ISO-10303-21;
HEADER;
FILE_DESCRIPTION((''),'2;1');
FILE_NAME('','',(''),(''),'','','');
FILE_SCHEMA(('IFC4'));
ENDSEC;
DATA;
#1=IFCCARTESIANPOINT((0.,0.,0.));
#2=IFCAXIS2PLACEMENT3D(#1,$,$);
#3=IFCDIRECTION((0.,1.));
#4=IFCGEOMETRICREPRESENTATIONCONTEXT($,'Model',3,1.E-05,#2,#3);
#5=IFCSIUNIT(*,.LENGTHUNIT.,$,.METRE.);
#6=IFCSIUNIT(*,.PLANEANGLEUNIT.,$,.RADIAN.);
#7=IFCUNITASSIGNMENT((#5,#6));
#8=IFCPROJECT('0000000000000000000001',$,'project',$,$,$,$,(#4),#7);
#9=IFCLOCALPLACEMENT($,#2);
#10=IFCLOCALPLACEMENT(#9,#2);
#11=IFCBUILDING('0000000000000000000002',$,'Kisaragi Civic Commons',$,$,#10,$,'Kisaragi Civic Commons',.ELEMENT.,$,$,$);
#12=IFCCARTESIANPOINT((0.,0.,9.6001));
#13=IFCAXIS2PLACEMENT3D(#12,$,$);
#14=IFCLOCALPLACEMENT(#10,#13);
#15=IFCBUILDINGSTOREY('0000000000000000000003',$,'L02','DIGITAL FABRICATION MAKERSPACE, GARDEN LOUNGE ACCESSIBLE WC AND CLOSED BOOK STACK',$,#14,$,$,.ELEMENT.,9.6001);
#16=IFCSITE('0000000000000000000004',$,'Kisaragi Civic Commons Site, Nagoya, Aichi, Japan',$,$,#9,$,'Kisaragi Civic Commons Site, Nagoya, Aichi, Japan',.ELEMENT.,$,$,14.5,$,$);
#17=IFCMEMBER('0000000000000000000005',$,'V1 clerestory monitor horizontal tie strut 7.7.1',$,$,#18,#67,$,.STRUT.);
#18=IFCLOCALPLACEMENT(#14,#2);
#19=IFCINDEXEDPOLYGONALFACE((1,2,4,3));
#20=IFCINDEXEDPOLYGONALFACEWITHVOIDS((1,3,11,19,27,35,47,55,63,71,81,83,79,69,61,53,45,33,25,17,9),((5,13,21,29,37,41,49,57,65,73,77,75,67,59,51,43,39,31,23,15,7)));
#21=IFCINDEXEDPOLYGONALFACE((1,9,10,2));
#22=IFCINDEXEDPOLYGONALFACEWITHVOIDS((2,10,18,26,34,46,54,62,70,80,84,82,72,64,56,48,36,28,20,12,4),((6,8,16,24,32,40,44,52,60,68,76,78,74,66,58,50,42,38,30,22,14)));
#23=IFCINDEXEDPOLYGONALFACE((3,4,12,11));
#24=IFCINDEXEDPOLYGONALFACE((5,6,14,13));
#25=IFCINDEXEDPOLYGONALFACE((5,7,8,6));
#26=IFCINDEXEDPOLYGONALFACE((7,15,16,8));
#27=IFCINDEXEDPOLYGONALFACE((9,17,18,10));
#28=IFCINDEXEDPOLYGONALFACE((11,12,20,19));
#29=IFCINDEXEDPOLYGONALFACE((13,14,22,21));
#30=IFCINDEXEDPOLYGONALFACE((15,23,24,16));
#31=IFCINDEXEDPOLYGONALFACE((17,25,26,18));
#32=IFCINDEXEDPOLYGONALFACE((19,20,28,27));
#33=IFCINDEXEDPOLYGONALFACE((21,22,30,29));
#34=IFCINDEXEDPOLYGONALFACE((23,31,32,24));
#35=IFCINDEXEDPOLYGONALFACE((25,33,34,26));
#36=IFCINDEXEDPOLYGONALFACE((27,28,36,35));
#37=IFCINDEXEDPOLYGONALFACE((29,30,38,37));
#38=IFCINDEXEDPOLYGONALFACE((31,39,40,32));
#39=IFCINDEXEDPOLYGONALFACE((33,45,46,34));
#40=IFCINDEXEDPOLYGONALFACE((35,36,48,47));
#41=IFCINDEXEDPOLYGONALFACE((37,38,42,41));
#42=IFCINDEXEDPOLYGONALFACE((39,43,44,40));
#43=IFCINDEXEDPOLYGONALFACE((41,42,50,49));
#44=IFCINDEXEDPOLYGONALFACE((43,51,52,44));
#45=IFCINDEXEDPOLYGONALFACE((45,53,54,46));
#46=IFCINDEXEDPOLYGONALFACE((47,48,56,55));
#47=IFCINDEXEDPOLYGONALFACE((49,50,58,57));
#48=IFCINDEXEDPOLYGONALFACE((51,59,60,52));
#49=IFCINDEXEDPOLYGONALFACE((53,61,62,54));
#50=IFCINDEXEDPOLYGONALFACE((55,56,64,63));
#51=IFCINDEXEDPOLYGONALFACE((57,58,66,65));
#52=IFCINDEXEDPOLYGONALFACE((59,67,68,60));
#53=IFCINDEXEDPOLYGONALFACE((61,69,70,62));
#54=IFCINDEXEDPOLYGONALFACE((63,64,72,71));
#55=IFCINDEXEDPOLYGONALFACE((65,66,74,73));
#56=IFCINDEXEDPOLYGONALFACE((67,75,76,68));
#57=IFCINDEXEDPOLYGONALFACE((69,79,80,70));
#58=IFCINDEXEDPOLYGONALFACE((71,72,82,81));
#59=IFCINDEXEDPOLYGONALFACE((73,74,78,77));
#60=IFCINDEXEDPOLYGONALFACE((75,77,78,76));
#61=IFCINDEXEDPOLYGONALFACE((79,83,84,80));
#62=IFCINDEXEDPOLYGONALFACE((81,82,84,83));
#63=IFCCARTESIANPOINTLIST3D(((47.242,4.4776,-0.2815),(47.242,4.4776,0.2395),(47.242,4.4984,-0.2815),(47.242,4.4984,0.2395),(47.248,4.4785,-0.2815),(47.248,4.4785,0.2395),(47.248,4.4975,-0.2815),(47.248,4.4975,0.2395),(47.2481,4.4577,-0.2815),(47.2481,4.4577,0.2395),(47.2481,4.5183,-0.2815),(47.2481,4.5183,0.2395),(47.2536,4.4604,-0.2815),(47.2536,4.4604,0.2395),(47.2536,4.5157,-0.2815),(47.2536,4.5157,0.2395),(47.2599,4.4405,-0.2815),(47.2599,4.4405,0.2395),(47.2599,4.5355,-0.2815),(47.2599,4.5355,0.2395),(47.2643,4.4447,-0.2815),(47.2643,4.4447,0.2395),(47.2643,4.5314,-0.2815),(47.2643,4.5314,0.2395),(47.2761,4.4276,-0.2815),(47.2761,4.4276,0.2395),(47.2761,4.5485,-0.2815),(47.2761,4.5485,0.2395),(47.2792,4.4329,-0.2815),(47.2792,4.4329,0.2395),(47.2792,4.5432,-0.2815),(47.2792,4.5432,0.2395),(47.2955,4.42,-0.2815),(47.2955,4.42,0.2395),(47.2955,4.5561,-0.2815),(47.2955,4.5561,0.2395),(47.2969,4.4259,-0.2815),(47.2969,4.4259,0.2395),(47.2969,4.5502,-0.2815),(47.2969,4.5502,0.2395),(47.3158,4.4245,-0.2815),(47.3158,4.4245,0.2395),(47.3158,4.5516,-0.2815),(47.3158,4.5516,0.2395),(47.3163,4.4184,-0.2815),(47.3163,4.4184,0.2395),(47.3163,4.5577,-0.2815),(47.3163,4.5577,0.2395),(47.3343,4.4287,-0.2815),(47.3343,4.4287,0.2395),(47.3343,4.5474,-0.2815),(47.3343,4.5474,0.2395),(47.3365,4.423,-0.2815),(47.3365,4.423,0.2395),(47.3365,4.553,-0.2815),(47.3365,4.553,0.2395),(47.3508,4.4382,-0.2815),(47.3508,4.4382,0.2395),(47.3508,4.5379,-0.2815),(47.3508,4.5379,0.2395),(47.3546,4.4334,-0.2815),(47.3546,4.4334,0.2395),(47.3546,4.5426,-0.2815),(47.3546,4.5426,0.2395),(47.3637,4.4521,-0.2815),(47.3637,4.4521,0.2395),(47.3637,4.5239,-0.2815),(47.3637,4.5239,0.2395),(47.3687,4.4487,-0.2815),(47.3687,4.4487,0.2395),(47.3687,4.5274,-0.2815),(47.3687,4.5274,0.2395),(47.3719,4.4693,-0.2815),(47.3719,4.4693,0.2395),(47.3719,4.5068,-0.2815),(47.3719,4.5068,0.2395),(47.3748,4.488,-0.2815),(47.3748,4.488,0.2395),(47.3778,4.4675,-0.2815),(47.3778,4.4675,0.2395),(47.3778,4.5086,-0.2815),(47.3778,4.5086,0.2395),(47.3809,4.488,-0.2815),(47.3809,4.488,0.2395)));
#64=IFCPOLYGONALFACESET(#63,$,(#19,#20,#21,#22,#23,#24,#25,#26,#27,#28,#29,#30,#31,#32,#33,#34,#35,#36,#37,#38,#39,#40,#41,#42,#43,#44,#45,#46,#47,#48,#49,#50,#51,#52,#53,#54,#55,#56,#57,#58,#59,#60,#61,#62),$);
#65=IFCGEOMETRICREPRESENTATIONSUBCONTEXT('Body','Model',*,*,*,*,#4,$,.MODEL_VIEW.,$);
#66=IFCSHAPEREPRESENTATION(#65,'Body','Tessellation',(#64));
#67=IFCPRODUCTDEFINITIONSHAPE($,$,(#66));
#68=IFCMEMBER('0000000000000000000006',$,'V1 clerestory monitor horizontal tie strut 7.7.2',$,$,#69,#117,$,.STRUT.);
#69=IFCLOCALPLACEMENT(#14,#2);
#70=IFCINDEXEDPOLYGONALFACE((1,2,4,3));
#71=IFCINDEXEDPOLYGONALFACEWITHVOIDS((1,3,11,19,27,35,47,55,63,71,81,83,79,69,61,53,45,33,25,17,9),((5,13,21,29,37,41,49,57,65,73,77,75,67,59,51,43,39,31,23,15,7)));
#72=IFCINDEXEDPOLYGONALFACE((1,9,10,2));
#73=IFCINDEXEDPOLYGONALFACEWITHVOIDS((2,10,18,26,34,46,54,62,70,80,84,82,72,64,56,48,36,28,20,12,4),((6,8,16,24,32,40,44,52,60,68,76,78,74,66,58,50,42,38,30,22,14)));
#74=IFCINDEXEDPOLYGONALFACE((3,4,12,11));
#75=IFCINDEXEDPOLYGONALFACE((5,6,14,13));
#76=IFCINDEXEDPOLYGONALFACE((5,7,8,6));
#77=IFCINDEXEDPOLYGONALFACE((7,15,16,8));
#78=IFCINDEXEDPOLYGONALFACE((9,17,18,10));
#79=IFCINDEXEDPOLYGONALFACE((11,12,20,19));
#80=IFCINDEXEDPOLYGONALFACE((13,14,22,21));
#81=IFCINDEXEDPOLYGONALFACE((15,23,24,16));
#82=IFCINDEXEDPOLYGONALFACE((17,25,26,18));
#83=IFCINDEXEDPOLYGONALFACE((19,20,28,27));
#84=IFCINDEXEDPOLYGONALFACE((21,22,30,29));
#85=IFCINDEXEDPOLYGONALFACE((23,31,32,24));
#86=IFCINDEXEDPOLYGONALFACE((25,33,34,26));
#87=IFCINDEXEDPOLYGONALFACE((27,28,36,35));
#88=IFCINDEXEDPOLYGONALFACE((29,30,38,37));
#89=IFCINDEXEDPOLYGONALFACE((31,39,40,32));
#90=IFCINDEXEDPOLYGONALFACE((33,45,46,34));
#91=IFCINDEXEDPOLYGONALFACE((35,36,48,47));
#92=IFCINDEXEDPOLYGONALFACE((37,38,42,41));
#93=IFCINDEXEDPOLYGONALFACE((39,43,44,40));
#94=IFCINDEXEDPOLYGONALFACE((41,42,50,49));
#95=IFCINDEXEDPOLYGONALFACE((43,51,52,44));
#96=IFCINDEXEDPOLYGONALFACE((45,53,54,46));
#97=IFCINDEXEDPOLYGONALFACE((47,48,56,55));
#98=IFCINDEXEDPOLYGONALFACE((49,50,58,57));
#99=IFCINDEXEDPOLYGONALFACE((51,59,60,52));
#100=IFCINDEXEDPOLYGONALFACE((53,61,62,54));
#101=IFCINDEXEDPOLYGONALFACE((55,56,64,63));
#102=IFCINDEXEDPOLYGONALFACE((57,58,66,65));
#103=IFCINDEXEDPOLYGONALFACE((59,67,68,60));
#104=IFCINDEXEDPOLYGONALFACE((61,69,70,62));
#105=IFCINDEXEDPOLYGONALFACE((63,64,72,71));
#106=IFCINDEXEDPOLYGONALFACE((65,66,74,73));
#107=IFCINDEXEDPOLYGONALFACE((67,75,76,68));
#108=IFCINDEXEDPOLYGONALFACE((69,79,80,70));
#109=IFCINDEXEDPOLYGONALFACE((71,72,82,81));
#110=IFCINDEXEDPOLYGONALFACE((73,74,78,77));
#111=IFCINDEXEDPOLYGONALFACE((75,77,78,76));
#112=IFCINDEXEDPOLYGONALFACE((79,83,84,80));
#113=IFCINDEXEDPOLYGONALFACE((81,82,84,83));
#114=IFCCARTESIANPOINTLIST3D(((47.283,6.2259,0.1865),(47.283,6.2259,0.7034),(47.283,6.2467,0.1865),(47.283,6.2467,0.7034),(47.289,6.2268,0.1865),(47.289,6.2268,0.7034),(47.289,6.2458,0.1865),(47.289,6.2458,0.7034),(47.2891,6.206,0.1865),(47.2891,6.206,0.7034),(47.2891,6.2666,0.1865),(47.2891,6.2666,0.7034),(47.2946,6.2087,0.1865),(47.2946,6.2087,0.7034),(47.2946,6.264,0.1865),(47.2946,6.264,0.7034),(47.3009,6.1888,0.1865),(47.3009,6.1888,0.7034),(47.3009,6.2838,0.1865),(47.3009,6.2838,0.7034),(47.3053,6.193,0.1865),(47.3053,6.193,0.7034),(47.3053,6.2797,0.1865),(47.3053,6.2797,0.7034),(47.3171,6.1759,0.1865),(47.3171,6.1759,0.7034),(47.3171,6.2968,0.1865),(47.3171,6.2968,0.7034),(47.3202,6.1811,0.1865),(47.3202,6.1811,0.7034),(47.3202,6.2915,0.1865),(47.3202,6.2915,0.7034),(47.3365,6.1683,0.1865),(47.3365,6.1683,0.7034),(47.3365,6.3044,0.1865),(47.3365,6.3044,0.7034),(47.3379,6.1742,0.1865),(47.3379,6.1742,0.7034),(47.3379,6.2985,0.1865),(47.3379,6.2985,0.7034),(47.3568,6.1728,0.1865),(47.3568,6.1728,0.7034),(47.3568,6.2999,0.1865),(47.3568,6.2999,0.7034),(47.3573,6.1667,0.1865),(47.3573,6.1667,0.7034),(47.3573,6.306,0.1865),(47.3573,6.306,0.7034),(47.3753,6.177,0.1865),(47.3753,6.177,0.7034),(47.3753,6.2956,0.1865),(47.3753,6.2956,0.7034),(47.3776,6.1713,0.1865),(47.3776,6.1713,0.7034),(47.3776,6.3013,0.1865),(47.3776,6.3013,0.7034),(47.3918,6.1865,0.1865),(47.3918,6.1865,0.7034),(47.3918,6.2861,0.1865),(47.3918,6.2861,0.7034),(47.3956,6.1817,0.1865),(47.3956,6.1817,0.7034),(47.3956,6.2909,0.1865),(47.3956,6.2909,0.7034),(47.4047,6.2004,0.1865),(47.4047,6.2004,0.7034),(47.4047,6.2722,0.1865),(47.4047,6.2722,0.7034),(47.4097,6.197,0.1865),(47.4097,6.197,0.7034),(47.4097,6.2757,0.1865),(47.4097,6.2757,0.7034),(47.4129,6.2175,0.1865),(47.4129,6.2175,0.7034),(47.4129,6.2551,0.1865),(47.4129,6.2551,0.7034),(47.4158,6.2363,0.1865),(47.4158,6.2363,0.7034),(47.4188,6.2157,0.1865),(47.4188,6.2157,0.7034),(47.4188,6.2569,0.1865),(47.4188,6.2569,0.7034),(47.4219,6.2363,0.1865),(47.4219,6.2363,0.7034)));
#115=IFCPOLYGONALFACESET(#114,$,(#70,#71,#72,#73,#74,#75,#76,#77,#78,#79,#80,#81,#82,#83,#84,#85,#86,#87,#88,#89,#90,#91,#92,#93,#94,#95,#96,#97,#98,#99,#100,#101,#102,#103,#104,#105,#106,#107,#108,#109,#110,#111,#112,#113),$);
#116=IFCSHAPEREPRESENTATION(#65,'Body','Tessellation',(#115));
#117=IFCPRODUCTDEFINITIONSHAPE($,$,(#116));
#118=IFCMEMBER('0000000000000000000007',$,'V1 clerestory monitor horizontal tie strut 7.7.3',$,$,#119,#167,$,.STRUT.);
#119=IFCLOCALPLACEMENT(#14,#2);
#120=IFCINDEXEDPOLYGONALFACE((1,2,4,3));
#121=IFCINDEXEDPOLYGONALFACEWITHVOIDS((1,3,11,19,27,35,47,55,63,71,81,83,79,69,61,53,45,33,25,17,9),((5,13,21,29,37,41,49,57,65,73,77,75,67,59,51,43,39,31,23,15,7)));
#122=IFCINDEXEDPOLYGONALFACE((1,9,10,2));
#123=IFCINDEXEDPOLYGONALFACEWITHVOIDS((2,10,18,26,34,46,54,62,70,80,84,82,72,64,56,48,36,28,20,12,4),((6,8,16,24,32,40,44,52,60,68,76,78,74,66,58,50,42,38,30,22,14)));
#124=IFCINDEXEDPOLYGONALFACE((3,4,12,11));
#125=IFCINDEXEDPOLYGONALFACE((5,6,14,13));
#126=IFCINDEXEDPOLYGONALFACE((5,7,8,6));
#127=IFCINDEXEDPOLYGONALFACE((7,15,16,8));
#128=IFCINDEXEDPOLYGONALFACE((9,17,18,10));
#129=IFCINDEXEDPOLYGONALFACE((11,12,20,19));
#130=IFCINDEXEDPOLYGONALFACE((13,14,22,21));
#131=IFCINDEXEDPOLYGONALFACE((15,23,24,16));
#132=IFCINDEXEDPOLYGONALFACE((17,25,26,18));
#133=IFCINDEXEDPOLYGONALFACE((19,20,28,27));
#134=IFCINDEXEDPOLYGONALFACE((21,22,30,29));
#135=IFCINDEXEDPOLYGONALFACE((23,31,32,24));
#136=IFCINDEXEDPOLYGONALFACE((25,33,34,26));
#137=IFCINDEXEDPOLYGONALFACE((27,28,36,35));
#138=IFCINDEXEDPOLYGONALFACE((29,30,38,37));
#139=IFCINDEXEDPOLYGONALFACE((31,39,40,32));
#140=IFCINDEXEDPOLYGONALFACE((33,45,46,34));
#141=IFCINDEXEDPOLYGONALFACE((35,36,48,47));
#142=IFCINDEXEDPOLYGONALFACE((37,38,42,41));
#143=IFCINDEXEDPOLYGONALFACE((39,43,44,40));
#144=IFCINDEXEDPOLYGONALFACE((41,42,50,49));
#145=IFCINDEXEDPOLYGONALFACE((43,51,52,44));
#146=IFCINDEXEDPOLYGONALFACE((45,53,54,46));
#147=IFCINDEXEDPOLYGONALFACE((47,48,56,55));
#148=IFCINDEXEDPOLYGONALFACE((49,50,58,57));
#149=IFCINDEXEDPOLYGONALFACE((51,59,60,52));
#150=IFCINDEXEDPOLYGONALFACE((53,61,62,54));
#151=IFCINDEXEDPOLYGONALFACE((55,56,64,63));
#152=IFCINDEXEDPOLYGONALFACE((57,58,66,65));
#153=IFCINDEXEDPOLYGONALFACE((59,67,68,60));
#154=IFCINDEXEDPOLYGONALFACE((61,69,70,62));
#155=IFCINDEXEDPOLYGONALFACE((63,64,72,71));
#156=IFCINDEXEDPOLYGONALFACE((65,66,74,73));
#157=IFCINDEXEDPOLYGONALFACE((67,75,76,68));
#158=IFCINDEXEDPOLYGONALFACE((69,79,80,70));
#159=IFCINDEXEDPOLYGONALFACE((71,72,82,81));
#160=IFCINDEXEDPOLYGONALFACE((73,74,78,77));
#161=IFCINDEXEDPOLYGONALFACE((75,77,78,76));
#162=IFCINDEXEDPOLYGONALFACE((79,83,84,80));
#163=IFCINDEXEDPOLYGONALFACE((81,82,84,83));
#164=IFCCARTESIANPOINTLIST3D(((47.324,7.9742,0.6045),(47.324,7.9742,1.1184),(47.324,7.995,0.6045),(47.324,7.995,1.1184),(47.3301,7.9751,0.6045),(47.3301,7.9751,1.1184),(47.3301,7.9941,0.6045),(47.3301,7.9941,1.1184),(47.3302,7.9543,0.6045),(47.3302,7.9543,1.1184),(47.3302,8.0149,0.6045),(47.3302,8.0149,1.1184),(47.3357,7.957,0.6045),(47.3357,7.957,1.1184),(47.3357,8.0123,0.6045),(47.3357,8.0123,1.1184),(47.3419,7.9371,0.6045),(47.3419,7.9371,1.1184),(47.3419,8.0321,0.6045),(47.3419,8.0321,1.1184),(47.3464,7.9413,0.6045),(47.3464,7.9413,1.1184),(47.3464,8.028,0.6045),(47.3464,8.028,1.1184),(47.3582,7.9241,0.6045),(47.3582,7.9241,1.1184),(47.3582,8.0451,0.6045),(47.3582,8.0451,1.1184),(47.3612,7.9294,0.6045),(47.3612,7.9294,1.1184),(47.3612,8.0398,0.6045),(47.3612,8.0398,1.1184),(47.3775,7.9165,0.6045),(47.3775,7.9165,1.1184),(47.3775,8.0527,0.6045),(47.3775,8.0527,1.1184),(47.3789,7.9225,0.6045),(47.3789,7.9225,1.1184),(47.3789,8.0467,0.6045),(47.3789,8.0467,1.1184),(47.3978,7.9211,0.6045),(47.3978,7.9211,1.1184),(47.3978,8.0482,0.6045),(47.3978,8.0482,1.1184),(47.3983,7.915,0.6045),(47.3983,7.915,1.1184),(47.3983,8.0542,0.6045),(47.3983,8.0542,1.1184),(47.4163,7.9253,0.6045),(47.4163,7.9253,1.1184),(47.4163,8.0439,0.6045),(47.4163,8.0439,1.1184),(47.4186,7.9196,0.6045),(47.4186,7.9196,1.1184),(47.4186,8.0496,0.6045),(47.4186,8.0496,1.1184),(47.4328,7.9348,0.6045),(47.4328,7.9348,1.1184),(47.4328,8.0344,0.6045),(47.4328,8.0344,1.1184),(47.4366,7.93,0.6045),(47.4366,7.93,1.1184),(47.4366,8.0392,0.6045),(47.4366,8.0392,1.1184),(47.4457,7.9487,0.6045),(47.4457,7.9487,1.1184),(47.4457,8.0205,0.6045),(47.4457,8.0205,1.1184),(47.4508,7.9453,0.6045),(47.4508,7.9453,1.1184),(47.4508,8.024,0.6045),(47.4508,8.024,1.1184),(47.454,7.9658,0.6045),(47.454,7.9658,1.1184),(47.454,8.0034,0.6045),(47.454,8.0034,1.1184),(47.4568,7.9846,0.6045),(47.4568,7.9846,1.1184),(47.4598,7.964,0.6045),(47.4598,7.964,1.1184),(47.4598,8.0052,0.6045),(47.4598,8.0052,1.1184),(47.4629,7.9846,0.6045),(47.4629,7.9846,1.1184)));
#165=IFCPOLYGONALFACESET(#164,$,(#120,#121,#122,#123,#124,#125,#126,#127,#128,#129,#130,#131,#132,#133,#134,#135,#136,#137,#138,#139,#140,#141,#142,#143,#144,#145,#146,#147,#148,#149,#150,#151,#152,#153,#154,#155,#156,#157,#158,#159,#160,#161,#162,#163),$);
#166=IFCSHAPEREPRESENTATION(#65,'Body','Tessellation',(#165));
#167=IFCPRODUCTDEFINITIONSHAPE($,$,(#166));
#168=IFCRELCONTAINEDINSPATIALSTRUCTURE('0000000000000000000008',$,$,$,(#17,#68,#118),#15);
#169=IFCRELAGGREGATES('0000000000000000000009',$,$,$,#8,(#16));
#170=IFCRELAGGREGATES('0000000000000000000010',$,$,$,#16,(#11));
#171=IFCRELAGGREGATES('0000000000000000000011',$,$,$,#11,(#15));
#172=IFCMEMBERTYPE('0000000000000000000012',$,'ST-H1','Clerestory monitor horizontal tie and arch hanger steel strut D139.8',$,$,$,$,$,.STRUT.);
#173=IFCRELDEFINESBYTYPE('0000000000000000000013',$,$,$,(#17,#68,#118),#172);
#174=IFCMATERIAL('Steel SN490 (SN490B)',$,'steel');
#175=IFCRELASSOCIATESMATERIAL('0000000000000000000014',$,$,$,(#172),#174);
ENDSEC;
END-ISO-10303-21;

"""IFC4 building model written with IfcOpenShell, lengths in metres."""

from ifc_helpers import new_model, si_unit, direction, frame, origin, origin_2d, place, context, subcontext, project, spatial, hollow_circle, extrude, material, material_profile, profile_set, type_object, element, save


model = new_model("IFC4")

# Units and contexts
model_context = context("Model", 3, precision=1e-05, world=origin(), true_north=direction((0.0, 1.0)))
body_context = subcontext(model_context, "Body", "Model", "MODEL_VIEW")
ifc_project = project(units=[si_unit("LENGTHUNIT", "METRE"), si_unit("PLANEANGLEUNIT", "RADIAN")], contexts=[model_context])

# Site, building, storey
site_placement = place(None, origin())
site = spatial("IfcSite", under=ifc_project, at=site_placement, Name="Kisaragi Civic Commons Site, Nagoya, Aichi, Japan", LongName="Kisaragi Civic Commons Site, Nagoya, Aichi, Japan", CompositionType="ELEMENT", RefElevation=14.5)
building_placement = place(site_placement, origin())
building = spatial("IfcBuilding", under=site, at=building_placement, Name="Kisaragi Civic Commons", LongName="Kisaragi Civic Commons", CompositionType="ELEMENT")
storey_placement = place(building_placement, frame((0.0, 0.0, 9.6001)))
storey = spatial("IfcBuildingStorey", under=building, at=storey_placement, Name="L02", Description="DIGITAL FABRICATION MAKERSPACE, GARDEN LOUNGE ACCESSIBLE WC AND CLOSED BOOK STACK", CompositionType="ELEMENT", Elevation=9.6001)

# Members
ifc_material_1 = material(Name="Steel SN490 (SN490B)", Category="steel")
ifc_material_profile_1 = material_profile(ifc_material_1, hollow_circle(Radius=0.0698, WallThickness=0.0061, at=origin_2d()), Name="CHS-139.8x6.0", Category="steel")
ifc_profile_set_1 = profile_set([ifc_material_profile_1], Name="Steel SN490 (SN490B)")
member_type_1 = type_object("IfcMemberType", Name="ST-H1", Description="Clerestory monitor horizontal tie and arch hanger steel strut D139.8", PredefinedType="STRUT", material=ifc_profile_set_1)
member_1_placement = place(storey_placement, frame((47.311, 4.488, -0.2815), z_axis=(0.0, 0.0, 1.0), x_axis=(1.0, 0.0, 0.0)))
element("IfcMember", 1, at=member_1_placement, inside=storey, type_object=member_type_1, Name="V1 clerestory monitor horizontal tie strut 7.7.1", PredefinedType="STRUT", context=body_context, shape_type="SweptSolid", body=[
    extrude(hollow_circle(Radius=0.0698, WallThickness=0.0061, at=origin_2d()), origin(), (0.0, 0.0, 1.0), 0.521),
])
member_2_placement = place(storey_placement, frame((47.3521, 6.2363, 0.1865), z_axis=(0.0, 0.0, 1.0), x_axis=(1.0, 0.0, 0.0)))
element("IfcMember", 2, at=member_2_placement, inside=storey, type_object=member_type_1, Name="V1 clerestory monitor horizontal tie strut 7.7.2", PredefinedType="STRUT", context=body_context, shape_type="SweptSolid", body=[
    extrude(hollow_circle(Radius=0.0698, WallThickness=0.0061, at=origin_2d()), origin(), (0.0, 0.0, 1.0), 0.5168),
])
member_3_placement = place(storey_placement, frame((47.3931, 7.9846, 0.6045), z_axis=(0.0, 0.0, 1.0), x_axis=(1.0, 0.0, 0.0)))
element("IfcMember", 3, at=member_3_placement, inside=storey, type_object=member_type_1, Name="V1 clerestory monitor horizontal tie strut 7.7.3", PredefinedType="STRUT", context=body_context, shape_type="SweptSolid", body=[
    extrude(hollow_circle(Radius=0.0698, WallThickness=0.0061, at=origin_2d()), origin(), (0.0, 0.0, 1.0), 0.5139),
])

save(model, "model.ifc")
